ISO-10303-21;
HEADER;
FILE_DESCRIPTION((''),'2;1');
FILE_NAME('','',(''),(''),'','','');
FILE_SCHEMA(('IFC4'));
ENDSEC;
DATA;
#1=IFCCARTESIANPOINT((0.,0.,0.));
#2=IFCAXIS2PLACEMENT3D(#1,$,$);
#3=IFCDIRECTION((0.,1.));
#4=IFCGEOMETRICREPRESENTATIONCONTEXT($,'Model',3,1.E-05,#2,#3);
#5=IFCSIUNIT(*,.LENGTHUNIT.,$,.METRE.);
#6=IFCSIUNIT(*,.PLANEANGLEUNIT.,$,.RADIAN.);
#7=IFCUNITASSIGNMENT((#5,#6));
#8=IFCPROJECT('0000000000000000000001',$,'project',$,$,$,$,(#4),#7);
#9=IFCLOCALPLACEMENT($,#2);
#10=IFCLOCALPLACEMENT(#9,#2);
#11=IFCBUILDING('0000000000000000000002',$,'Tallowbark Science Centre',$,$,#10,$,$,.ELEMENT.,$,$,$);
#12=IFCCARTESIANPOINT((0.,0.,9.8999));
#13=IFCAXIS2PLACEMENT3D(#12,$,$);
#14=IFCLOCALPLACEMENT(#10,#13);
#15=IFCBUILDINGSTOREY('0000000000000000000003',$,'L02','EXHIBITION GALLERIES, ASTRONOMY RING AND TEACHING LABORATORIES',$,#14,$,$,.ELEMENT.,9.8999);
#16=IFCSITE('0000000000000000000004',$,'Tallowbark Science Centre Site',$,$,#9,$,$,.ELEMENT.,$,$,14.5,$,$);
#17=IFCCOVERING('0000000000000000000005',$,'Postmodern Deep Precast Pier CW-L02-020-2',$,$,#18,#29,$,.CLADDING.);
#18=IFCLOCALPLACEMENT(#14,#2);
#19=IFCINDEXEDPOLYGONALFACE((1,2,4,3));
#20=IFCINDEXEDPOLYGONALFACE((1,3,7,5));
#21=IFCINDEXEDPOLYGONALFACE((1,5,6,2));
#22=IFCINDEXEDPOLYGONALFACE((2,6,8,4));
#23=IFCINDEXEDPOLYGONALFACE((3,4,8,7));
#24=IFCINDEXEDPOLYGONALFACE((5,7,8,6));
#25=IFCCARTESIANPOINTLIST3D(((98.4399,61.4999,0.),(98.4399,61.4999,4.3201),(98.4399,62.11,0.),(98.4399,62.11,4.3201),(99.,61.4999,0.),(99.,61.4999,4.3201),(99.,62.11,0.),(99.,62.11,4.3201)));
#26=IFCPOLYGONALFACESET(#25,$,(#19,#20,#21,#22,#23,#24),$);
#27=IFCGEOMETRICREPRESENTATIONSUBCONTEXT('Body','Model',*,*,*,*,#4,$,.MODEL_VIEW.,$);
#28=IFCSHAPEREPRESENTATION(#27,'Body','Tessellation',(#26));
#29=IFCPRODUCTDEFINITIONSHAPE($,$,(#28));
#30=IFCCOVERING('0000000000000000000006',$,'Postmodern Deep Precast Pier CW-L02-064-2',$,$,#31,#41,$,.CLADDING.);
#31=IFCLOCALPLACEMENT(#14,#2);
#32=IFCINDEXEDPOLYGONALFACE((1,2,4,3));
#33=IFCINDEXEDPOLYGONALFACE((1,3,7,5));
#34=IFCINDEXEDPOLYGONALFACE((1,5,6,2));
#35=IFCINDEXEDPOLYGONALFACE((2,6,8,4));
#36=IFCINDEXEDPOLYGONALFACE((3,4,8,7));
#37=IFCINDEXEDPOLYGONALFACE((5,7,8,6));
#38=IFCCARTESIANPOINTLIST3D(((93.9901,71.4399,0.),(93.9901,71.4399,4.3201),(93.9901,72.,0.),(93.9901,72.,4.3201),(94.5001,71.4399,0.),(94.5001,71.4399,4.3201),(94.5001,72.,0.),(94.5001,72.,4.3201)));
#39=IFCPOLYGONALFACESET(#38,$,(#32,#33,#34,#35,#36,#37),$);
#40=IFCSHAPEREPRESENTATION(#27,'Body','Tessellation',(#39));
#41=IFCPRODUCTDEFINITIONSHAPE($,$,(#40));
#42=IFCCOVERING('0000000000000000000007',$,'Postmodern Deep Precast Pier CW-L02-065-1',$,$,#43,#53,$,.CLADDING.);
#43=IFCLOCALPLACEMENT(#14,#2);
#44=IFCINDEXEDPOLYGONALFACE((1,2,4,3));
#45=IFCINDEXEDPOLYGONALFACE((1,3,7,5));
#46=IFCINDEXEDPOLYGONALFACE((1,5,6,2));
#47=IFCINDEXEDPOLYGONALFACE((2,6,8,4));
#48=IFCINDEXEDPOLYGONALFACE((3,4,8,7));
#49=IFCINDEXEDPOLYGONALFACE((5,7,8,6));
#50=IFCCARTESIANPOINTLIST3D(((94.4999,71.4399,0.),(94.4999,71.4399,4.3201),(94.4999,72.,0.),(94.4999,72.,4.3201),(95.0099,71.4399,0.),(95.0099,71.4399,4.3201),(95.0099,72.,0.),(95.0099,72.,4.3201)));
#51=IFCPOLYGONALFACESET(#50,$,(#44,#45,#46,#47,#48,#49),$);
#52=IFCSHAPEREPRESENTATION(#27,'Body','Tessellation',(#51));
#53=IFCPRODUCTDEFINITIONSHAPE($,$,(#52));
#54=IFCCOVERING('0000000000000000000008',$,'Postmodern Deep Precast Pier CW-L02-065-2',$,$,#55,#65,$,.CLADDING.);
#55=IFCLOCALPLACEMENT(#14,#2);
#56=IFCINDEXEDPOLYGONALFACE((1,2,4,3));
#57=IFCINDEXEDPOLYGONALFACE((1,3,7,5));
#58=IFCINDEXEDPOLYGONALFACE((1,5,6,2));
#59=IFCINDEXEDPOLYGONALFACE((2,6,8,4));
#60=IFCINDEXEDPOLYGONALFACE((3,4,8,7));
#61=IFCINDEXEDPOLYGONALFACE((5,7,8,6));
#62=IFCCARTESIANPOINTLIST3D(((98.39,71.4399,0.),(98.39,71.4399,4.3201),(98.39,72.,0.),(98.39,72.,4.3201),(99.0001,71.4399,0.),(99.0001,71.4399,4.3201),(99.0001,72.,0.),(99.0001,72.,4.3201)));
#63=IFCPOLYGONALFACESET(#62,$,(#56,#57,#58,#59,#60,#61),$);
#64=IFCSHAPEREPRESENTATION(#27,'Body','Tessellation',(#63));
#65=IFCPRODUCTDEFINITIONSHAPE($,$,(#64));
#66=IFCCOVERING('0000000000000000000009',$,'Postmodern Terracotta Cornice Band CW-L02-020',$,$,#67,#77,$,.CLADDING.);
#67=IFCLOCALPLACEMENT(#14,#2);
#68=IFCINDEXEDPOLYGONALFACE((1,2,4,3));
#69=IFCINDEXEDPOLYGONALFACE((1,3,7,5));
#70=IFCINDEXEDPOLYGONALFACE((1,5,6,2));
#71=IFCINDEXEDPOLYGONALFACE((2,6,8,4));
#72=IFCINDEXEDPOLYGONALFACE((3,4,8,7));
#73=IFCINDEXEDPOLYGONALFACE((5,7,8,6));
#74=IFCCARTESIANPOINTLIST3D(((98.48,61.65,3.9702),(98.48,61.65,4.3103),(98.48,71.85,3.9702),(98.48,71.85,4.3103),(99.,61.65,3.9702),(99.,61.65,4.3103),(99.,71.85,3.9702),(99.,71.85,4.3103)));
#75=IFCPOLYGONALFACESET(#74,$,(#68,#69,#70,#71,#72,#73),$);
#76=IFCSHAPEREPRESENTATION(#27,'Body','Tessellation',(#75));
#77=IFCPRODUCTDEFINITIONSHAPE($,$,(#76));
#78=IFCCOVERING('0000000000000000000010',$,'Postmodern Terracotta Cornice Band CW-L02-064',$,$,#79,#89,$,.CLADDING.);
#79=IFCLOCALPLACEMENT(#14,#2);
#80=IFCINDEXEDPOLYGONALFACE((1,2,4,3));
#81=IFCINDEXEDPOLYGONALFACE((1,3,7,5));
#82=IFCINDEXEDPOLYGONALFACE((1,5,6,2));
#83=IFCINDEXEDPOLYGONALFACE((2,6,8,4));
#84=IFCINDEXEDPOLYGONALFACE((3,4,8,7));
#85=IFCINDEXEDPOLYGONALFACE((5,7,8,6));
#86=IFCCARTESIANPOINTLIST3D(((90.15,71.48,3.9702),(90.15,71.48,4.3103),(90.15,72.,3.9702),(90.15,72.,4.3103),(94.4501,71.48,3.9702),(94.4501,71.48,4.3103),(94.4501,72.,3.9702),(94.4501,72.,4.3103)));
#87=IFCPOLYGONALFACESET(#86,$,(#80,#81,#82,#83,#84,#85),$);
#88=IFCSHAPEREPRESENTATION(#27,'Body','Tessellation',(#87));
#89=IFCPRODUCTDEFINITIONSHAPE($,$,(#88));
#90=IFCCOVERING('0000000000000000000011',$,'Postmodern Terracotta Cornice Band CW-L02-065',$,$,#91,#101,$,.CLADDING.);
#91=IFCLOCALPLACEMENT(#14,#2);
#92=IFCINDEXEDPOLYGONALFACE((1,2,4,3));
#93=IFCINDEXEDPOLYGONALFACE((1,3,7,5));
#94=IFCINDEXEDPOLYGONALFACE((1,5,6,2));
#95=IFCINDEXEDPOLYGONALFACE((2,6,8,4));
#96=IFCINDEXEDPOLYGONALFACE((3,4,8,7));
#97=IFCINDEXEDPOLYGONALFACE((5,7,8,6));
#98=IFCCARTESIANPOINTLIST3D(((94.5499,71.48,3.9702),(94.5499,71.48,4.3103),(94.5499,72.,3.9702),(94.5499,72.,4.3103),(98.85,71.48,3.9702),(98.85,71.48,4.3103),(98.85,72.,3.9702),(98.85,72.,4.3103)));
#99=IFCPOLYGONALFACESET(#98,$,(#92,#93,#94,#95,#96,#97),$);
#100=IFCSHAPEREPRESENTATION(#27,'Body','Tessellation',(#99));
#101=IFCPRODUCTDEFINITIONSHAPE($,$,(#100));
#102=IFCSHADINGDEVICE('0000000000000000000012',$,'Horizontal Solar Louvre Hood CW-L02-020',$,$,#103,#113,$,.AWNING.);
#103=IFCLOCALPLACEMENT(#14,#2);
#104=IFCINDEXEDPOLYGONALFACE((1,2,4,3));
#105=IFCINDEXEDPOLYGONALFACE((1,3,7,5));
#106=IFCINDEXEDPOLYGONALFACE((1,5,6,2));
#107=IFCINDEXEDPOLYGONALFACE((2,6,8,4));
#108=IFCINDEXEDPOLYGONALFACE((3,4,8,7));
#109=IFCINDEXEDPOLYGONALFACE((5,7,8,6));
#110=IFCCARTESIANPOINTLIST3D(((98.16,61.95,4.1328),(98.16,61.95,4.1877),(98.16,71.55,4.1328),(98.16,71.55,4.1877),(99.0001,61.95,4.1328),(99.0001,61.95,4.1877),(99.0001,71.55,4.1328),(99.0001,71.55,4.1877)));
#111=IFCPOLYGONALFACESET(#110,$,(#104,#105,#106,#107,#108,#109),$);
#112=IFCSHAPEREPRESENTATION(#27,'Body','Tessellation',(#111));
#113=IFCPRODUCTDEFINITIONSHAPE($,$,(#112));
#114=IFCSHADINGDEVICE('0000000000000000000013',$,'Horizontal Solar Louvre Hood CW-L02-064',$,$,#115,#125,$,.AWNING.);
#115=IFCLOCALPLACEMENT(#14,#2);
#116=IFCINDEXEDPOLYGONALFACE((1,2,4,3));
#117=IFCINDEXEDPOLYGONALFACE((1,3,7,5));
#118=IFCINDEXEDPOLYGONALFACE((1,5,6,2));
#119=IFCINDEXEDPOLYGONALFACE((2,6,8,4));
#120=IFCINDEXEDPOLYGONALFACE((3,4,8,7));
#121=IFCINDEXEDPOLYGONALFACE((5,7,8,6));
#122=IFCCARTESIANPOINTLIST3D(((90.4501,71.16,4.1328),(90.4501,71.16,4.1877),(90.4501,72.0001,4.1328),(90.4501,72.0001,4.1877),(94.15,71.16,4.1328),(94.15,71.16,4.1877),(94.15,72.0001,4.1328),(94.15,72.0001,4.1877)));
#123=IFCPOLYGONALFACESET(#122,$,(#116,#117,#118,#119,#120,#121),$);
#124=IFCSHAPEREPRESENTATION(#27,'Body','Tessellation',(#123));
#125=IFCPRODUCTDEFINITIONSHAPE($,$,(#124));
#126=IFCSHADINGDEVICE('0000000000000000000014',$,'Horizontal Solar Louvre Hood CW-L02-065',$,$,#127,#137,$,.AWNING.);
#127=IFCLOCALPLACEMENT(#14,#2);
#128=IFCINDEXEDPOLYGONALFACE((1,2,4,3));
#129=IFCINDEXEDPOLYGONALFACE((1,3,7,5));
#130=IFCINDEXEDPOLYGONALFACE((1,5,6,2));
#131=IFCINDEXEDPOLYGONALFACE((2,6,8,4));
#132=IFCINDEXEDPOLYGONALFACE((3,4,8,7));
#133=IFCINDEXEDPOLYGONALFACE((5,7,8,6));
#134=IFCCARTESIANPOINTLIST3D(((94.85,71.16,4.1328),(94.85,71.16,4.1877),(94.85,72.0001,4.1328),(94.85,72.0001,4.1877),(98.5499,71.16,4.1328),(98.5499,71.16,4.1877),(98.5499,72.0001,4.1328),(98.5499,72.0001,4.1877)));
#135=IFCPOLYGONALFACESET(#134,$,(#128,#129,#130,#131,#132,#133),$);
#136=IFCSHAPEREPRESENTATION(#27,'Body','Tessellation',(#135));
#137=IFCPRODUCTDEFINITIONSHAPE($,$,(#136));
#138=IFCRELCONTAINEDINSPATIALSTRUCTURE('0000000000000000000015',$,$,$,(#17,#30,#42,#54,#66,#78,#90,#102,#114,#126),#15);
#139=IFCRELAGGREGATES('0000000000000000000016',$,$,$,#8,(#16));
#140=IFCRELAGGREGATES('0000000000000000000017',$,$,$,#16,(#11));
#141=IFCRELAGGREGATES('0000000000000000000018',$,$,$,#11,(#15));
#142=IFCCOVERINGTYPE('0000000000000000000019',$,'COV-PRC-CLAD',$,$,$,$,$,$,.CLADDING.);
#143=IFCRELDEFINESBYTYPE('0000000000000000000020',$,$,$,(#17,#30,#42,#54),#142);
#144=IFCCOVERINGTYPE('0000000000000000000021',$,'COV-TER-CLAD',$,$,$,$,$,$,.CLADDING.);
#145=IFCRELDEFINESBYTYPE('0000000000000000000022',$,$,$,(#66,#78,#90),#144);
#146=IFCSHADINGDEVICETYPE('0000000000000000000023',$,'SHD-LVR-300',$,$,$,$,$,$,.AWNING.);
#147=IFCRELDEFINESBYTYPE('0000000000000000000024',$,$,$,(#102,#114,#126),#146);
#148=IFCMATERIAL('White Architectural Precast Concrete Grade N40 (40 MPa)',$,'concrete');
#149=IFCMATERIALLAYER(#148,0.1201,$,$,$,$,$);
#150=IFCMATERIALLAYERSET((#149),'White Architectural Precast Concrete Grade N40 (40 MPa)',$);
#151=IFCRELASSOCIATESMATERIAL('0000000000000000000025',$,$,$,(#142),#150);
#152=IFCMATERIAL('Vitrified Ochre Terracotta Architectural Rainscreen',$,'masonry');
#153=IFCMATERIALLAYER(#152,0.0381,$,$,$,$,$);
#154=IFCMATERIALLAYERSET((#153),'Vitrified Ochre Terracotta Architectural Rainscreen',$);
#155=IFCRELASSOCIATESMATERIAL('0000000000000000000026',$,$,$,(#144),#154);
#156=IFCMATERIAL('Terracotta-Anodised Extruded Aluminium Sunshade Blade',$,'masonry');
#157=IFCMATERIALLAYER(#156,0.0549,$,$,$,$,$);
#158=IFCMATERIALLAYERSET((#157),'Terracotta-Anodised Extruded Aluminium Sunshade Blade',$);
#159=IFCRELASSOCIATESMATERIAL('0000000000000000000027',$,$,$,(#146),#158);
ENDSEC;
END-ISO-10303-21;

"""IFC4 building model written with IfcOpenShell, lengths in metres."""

from ifc_helpers import new_model, si_unit, direction, frame, origin, origin_2d, place, context, subcontext, project, spatial, rectangle, extrude, material, layer, layer_set, type_object, element, save


model = new_model("IFC4")

# Units and contexts
model_context = context("Model", 3, precision=1e-05, world=origin(), true_north=direction((0.0, 1.0)))
body_context = subcontext(model_context, "Body", "Model", "MODEL_VIEW")
ifc_project = project(units=[si_unit("LENGTHUNIT", "METRE"), si_unit("PLANEANGLEUNIT", "RADIAN")], contexts=[model_context])

# Site, building, storey
site_placement = place(None, origin())
site = spatial("IfcSite", under=ifc_project, at=site_placement, Name="Tallowbark Science Centre Site", CompositionType="ELEMENT", RefElevation=14.5)
building_placement = place(site_placement, origin())
building = spatial("IfcBuilding", under=site, at=building_placement, Name="Tallowbark Science Centre", CompositionType="ELEMENT")
storey_placement = place(building_placement, frame((0.0, 0.0, 9.8999)))
storey = spatial("IfcBuildingStorey", under=building, at=storey_placement, Name="L02", Description="EXHIBITION GALLERIES, ASTRONOMY RING AND TEACHING LABORATORIES", CompositionType="ELEMENT", Elevation=9.8999)

# Coverings
ifc_material_1 = material(Name="White Architectural Precast Concrete Grade N40 (40 MPa)", Category="concrete")
ifc_layer_1 = layer(ifc_material_1, 0.1201)
ifc_layer_set_1 = layer_set([ifc_layer_1], Name="White Architectural Precast Concrete Grade N40 (40 MPa)")
covering_type_1 = type_object("IfcCoveringType", Name="COV-PRC-CLAD", PredefinedType="CLADDING", material=ifc_layer_set_1)
for number, where, z_axis, x_axis, name in (
    (1, (98.72, 61.8049, 0.0), (0.0, 0.0, 1.0), (0.0, -1.0, 0.0), "Postmodern Deep Precast Pier CW-L02-020-2"),
):
    element("IfcCovering", number, at=place(storey_placement, frame(where, z_axis=z_axis, x_axis=x_axis)), inside=storey, type_object=covering_type_1, Name=name, PredefinedType="CLADDING", context=body_context, shape_type="SweptSolid", body=[
        extrude(rectangle(XDim=0.6101, YDim=0.5601, at=origin_2d()), origin(), (0.0, 0.0, 1.0), 4.3201),
    ])
for number, where, z_axis, x_axis, name in (
    (2, (94.2451, 71.72, 0.0), (0.0, 0.0, 1.0), (1.0, 0.0, 0.0), "Postmodern Deep Precast Pier CW-L02-064-2"),
    (3, (94.7549, 71.72, 0.0), (0.0, 0.0, 1.0), (1.0, 0.0, 0.0), "Postmodern Deep Precast Pier CW-L02-065-1"),
):
    element("IfcCovering", number, at=place(storey_placement, frame(where, z_axis=z_axis, x_axis=x_axis)), inside=storey, type_object=covering_type_1, Name=name, PredefinedType="CLADDING", context=body_context, shape_type="SweptSolid", body=[
        extrude(rectangle(XDim=0.51, YDim=0.5601, at=origin_2d()), origin(), (0.0, 0.0, 1.0), 4.3201),
    ])
covering_1_placement = place(storey_placement, frame((98.6951, 71.72, 0.0), z_axis=(0.0, 0.0, 1.0), x_axis=(1.0, 0.0, 0.0)))
element("IfcCovering", 4, at=covering_1_placement, inside=storey, type_object=covering_type_1, Name="Postmodern Deep Precast Pier CW-L02-065-2", PredefinedType="CLADDING", context=body_context, shape_type="SweptSolid", body=[
    extrude(rectangle(XDim=0.6101, YDim=0.5601, at=origin_2d()), origin(), (0.0, 0.0, 1.0), 4.3201),
])
ifc_material_2 = material(Name="Vitrified Ochre Terracotta Architectural Rainscreen", Category="masonry")
ifc_layer_2 = layer(ifc_material_2, 0.0381)
ifc_layer_set_2 = layer_set([ifc_layer_2], Name="Vitrified Ochre Terracotta Architectural Rainscreen")
covering_type_2 = type_object("IfcCoveringType", Name="COV-TER-CLAD", PredefinedType="CLADDING", material=ifc_layer_set_2)
covering_2_placement = place(storey_placement, frame((98.74, 66.75, 3.9702), z_axis=(0.0, 0.0, 1.0), x_axis=(0.0, -1.0, 0.0)))
element("IfcCovering", 5, at=covering_2_placement, inside=storey, type_object=covering_type_2, Name="Postmodern Terracotta Cornice Band CW-L02-020", PredefinedType="CLADDING", context=body_context, shape_type="SweptSolid", body=[
    extrude(rectangle(XDim=10.2, YDim=0.52, at=origin_2d()), origin(), (0.0, 0.0, 1.0), 0.3401),
])
for number, where, z_axis, x_axis, name in (
    (6, (92.3, 71.74, 3.9702), (0.0, 0.0, 1.0), (1.0, 0.0, 0.0), "Postmodern Terracotta Cornice Band CW-L02-064"),
    (7, (96.7, 71.74, 3.9702), (0.0, 0.0, 1.0), (1.0, 0.0, 0.0), "Postmodern Terracotta Cornice Band CW-L02-065"),
):
    element("IfcCovering", number, at=place(storey_placement, frame(where, z_axis=z_axis, x_axis=x_axis)), inside=storey, type_object=covering_type_2, Name=name, PredefinedType="CLADDING", context=body_context, shape_type="SweptSolid", body=[
        extrude(rectangle(XDim=4.3, YDim=0.52, at=origin_2d()), origin(), (0.0, 0.0, 1.0), 0.3401),
    ])

# Shading devices
ifc_material_3 = material(Name="Terracotta-Anodised Extruded Aluminium Sunshade Blade", Category="masonry")
ifc_layer_3 = layer(ifc_material_3, 0.0549)
ifc_layer_set_3 = layer_set([ifc_layer_3], Name="Terracotta-Anodised Extruded Aluminium Sunshade Blade")
shading_device_type = type_object("IfcShadingDeviceType", Name="SHD-LVR-300", PredefinedType="AWNING", material=ifc_layer_set_3)
shading_device_placement = place(storey_placement, frame((98.5801, 66.75, 4.1328), z_axis=(0.0, 0.0, 1.0), x_axis=(0.0, -1.0, 0.0)))
element("IfcShadingDevice", 8, at=shading_device_placement, inside=storey, type_object=shading_device_type, Name="Horizontal Solar Louvre Hood CW-L02-020", PredefinedType="AWNING", context=body_context, shape_type="SweptSolid", body=[
    extrude(rectangle(XDim=9.6001, YDim=0.8401, at=origin_2d()), origin(), (0.0, 0.0, 1.0), 0.0549),
])
for number, where, z_axis, x_axis, name in (
    (9, (92.3, 71.5801, 4.1328), (0.0, 0.0, 1.0), (1.0, 0.0, 0.0), "Horizontal Solar Louvre Hood CW-L02-064"),
    (10, (96.7, 71.5801, 4.1328), (0.0, 0.0, 1.0), (1.0, 0.0, 0.0), "Horizontal Solar Louvre Hood CW-L02-065"),
):
    element("IfcShadingDevice", number, at=place(storey_placement, frame(where, z_axis=z_axis, x_axis=x_axis)), inside=storey, type_object=shading_device_type, Name=name, PredefinedType="AWNING", context=body_context, shape_type="SweptSolid", body=[
        extrude(rectangle(XDim=3.7, YDim=0.8401, at=origin_2d()), origin(), (0.0, 0.0, 1.0), 0.0549),
    ])

save(model, "model.ifc")
